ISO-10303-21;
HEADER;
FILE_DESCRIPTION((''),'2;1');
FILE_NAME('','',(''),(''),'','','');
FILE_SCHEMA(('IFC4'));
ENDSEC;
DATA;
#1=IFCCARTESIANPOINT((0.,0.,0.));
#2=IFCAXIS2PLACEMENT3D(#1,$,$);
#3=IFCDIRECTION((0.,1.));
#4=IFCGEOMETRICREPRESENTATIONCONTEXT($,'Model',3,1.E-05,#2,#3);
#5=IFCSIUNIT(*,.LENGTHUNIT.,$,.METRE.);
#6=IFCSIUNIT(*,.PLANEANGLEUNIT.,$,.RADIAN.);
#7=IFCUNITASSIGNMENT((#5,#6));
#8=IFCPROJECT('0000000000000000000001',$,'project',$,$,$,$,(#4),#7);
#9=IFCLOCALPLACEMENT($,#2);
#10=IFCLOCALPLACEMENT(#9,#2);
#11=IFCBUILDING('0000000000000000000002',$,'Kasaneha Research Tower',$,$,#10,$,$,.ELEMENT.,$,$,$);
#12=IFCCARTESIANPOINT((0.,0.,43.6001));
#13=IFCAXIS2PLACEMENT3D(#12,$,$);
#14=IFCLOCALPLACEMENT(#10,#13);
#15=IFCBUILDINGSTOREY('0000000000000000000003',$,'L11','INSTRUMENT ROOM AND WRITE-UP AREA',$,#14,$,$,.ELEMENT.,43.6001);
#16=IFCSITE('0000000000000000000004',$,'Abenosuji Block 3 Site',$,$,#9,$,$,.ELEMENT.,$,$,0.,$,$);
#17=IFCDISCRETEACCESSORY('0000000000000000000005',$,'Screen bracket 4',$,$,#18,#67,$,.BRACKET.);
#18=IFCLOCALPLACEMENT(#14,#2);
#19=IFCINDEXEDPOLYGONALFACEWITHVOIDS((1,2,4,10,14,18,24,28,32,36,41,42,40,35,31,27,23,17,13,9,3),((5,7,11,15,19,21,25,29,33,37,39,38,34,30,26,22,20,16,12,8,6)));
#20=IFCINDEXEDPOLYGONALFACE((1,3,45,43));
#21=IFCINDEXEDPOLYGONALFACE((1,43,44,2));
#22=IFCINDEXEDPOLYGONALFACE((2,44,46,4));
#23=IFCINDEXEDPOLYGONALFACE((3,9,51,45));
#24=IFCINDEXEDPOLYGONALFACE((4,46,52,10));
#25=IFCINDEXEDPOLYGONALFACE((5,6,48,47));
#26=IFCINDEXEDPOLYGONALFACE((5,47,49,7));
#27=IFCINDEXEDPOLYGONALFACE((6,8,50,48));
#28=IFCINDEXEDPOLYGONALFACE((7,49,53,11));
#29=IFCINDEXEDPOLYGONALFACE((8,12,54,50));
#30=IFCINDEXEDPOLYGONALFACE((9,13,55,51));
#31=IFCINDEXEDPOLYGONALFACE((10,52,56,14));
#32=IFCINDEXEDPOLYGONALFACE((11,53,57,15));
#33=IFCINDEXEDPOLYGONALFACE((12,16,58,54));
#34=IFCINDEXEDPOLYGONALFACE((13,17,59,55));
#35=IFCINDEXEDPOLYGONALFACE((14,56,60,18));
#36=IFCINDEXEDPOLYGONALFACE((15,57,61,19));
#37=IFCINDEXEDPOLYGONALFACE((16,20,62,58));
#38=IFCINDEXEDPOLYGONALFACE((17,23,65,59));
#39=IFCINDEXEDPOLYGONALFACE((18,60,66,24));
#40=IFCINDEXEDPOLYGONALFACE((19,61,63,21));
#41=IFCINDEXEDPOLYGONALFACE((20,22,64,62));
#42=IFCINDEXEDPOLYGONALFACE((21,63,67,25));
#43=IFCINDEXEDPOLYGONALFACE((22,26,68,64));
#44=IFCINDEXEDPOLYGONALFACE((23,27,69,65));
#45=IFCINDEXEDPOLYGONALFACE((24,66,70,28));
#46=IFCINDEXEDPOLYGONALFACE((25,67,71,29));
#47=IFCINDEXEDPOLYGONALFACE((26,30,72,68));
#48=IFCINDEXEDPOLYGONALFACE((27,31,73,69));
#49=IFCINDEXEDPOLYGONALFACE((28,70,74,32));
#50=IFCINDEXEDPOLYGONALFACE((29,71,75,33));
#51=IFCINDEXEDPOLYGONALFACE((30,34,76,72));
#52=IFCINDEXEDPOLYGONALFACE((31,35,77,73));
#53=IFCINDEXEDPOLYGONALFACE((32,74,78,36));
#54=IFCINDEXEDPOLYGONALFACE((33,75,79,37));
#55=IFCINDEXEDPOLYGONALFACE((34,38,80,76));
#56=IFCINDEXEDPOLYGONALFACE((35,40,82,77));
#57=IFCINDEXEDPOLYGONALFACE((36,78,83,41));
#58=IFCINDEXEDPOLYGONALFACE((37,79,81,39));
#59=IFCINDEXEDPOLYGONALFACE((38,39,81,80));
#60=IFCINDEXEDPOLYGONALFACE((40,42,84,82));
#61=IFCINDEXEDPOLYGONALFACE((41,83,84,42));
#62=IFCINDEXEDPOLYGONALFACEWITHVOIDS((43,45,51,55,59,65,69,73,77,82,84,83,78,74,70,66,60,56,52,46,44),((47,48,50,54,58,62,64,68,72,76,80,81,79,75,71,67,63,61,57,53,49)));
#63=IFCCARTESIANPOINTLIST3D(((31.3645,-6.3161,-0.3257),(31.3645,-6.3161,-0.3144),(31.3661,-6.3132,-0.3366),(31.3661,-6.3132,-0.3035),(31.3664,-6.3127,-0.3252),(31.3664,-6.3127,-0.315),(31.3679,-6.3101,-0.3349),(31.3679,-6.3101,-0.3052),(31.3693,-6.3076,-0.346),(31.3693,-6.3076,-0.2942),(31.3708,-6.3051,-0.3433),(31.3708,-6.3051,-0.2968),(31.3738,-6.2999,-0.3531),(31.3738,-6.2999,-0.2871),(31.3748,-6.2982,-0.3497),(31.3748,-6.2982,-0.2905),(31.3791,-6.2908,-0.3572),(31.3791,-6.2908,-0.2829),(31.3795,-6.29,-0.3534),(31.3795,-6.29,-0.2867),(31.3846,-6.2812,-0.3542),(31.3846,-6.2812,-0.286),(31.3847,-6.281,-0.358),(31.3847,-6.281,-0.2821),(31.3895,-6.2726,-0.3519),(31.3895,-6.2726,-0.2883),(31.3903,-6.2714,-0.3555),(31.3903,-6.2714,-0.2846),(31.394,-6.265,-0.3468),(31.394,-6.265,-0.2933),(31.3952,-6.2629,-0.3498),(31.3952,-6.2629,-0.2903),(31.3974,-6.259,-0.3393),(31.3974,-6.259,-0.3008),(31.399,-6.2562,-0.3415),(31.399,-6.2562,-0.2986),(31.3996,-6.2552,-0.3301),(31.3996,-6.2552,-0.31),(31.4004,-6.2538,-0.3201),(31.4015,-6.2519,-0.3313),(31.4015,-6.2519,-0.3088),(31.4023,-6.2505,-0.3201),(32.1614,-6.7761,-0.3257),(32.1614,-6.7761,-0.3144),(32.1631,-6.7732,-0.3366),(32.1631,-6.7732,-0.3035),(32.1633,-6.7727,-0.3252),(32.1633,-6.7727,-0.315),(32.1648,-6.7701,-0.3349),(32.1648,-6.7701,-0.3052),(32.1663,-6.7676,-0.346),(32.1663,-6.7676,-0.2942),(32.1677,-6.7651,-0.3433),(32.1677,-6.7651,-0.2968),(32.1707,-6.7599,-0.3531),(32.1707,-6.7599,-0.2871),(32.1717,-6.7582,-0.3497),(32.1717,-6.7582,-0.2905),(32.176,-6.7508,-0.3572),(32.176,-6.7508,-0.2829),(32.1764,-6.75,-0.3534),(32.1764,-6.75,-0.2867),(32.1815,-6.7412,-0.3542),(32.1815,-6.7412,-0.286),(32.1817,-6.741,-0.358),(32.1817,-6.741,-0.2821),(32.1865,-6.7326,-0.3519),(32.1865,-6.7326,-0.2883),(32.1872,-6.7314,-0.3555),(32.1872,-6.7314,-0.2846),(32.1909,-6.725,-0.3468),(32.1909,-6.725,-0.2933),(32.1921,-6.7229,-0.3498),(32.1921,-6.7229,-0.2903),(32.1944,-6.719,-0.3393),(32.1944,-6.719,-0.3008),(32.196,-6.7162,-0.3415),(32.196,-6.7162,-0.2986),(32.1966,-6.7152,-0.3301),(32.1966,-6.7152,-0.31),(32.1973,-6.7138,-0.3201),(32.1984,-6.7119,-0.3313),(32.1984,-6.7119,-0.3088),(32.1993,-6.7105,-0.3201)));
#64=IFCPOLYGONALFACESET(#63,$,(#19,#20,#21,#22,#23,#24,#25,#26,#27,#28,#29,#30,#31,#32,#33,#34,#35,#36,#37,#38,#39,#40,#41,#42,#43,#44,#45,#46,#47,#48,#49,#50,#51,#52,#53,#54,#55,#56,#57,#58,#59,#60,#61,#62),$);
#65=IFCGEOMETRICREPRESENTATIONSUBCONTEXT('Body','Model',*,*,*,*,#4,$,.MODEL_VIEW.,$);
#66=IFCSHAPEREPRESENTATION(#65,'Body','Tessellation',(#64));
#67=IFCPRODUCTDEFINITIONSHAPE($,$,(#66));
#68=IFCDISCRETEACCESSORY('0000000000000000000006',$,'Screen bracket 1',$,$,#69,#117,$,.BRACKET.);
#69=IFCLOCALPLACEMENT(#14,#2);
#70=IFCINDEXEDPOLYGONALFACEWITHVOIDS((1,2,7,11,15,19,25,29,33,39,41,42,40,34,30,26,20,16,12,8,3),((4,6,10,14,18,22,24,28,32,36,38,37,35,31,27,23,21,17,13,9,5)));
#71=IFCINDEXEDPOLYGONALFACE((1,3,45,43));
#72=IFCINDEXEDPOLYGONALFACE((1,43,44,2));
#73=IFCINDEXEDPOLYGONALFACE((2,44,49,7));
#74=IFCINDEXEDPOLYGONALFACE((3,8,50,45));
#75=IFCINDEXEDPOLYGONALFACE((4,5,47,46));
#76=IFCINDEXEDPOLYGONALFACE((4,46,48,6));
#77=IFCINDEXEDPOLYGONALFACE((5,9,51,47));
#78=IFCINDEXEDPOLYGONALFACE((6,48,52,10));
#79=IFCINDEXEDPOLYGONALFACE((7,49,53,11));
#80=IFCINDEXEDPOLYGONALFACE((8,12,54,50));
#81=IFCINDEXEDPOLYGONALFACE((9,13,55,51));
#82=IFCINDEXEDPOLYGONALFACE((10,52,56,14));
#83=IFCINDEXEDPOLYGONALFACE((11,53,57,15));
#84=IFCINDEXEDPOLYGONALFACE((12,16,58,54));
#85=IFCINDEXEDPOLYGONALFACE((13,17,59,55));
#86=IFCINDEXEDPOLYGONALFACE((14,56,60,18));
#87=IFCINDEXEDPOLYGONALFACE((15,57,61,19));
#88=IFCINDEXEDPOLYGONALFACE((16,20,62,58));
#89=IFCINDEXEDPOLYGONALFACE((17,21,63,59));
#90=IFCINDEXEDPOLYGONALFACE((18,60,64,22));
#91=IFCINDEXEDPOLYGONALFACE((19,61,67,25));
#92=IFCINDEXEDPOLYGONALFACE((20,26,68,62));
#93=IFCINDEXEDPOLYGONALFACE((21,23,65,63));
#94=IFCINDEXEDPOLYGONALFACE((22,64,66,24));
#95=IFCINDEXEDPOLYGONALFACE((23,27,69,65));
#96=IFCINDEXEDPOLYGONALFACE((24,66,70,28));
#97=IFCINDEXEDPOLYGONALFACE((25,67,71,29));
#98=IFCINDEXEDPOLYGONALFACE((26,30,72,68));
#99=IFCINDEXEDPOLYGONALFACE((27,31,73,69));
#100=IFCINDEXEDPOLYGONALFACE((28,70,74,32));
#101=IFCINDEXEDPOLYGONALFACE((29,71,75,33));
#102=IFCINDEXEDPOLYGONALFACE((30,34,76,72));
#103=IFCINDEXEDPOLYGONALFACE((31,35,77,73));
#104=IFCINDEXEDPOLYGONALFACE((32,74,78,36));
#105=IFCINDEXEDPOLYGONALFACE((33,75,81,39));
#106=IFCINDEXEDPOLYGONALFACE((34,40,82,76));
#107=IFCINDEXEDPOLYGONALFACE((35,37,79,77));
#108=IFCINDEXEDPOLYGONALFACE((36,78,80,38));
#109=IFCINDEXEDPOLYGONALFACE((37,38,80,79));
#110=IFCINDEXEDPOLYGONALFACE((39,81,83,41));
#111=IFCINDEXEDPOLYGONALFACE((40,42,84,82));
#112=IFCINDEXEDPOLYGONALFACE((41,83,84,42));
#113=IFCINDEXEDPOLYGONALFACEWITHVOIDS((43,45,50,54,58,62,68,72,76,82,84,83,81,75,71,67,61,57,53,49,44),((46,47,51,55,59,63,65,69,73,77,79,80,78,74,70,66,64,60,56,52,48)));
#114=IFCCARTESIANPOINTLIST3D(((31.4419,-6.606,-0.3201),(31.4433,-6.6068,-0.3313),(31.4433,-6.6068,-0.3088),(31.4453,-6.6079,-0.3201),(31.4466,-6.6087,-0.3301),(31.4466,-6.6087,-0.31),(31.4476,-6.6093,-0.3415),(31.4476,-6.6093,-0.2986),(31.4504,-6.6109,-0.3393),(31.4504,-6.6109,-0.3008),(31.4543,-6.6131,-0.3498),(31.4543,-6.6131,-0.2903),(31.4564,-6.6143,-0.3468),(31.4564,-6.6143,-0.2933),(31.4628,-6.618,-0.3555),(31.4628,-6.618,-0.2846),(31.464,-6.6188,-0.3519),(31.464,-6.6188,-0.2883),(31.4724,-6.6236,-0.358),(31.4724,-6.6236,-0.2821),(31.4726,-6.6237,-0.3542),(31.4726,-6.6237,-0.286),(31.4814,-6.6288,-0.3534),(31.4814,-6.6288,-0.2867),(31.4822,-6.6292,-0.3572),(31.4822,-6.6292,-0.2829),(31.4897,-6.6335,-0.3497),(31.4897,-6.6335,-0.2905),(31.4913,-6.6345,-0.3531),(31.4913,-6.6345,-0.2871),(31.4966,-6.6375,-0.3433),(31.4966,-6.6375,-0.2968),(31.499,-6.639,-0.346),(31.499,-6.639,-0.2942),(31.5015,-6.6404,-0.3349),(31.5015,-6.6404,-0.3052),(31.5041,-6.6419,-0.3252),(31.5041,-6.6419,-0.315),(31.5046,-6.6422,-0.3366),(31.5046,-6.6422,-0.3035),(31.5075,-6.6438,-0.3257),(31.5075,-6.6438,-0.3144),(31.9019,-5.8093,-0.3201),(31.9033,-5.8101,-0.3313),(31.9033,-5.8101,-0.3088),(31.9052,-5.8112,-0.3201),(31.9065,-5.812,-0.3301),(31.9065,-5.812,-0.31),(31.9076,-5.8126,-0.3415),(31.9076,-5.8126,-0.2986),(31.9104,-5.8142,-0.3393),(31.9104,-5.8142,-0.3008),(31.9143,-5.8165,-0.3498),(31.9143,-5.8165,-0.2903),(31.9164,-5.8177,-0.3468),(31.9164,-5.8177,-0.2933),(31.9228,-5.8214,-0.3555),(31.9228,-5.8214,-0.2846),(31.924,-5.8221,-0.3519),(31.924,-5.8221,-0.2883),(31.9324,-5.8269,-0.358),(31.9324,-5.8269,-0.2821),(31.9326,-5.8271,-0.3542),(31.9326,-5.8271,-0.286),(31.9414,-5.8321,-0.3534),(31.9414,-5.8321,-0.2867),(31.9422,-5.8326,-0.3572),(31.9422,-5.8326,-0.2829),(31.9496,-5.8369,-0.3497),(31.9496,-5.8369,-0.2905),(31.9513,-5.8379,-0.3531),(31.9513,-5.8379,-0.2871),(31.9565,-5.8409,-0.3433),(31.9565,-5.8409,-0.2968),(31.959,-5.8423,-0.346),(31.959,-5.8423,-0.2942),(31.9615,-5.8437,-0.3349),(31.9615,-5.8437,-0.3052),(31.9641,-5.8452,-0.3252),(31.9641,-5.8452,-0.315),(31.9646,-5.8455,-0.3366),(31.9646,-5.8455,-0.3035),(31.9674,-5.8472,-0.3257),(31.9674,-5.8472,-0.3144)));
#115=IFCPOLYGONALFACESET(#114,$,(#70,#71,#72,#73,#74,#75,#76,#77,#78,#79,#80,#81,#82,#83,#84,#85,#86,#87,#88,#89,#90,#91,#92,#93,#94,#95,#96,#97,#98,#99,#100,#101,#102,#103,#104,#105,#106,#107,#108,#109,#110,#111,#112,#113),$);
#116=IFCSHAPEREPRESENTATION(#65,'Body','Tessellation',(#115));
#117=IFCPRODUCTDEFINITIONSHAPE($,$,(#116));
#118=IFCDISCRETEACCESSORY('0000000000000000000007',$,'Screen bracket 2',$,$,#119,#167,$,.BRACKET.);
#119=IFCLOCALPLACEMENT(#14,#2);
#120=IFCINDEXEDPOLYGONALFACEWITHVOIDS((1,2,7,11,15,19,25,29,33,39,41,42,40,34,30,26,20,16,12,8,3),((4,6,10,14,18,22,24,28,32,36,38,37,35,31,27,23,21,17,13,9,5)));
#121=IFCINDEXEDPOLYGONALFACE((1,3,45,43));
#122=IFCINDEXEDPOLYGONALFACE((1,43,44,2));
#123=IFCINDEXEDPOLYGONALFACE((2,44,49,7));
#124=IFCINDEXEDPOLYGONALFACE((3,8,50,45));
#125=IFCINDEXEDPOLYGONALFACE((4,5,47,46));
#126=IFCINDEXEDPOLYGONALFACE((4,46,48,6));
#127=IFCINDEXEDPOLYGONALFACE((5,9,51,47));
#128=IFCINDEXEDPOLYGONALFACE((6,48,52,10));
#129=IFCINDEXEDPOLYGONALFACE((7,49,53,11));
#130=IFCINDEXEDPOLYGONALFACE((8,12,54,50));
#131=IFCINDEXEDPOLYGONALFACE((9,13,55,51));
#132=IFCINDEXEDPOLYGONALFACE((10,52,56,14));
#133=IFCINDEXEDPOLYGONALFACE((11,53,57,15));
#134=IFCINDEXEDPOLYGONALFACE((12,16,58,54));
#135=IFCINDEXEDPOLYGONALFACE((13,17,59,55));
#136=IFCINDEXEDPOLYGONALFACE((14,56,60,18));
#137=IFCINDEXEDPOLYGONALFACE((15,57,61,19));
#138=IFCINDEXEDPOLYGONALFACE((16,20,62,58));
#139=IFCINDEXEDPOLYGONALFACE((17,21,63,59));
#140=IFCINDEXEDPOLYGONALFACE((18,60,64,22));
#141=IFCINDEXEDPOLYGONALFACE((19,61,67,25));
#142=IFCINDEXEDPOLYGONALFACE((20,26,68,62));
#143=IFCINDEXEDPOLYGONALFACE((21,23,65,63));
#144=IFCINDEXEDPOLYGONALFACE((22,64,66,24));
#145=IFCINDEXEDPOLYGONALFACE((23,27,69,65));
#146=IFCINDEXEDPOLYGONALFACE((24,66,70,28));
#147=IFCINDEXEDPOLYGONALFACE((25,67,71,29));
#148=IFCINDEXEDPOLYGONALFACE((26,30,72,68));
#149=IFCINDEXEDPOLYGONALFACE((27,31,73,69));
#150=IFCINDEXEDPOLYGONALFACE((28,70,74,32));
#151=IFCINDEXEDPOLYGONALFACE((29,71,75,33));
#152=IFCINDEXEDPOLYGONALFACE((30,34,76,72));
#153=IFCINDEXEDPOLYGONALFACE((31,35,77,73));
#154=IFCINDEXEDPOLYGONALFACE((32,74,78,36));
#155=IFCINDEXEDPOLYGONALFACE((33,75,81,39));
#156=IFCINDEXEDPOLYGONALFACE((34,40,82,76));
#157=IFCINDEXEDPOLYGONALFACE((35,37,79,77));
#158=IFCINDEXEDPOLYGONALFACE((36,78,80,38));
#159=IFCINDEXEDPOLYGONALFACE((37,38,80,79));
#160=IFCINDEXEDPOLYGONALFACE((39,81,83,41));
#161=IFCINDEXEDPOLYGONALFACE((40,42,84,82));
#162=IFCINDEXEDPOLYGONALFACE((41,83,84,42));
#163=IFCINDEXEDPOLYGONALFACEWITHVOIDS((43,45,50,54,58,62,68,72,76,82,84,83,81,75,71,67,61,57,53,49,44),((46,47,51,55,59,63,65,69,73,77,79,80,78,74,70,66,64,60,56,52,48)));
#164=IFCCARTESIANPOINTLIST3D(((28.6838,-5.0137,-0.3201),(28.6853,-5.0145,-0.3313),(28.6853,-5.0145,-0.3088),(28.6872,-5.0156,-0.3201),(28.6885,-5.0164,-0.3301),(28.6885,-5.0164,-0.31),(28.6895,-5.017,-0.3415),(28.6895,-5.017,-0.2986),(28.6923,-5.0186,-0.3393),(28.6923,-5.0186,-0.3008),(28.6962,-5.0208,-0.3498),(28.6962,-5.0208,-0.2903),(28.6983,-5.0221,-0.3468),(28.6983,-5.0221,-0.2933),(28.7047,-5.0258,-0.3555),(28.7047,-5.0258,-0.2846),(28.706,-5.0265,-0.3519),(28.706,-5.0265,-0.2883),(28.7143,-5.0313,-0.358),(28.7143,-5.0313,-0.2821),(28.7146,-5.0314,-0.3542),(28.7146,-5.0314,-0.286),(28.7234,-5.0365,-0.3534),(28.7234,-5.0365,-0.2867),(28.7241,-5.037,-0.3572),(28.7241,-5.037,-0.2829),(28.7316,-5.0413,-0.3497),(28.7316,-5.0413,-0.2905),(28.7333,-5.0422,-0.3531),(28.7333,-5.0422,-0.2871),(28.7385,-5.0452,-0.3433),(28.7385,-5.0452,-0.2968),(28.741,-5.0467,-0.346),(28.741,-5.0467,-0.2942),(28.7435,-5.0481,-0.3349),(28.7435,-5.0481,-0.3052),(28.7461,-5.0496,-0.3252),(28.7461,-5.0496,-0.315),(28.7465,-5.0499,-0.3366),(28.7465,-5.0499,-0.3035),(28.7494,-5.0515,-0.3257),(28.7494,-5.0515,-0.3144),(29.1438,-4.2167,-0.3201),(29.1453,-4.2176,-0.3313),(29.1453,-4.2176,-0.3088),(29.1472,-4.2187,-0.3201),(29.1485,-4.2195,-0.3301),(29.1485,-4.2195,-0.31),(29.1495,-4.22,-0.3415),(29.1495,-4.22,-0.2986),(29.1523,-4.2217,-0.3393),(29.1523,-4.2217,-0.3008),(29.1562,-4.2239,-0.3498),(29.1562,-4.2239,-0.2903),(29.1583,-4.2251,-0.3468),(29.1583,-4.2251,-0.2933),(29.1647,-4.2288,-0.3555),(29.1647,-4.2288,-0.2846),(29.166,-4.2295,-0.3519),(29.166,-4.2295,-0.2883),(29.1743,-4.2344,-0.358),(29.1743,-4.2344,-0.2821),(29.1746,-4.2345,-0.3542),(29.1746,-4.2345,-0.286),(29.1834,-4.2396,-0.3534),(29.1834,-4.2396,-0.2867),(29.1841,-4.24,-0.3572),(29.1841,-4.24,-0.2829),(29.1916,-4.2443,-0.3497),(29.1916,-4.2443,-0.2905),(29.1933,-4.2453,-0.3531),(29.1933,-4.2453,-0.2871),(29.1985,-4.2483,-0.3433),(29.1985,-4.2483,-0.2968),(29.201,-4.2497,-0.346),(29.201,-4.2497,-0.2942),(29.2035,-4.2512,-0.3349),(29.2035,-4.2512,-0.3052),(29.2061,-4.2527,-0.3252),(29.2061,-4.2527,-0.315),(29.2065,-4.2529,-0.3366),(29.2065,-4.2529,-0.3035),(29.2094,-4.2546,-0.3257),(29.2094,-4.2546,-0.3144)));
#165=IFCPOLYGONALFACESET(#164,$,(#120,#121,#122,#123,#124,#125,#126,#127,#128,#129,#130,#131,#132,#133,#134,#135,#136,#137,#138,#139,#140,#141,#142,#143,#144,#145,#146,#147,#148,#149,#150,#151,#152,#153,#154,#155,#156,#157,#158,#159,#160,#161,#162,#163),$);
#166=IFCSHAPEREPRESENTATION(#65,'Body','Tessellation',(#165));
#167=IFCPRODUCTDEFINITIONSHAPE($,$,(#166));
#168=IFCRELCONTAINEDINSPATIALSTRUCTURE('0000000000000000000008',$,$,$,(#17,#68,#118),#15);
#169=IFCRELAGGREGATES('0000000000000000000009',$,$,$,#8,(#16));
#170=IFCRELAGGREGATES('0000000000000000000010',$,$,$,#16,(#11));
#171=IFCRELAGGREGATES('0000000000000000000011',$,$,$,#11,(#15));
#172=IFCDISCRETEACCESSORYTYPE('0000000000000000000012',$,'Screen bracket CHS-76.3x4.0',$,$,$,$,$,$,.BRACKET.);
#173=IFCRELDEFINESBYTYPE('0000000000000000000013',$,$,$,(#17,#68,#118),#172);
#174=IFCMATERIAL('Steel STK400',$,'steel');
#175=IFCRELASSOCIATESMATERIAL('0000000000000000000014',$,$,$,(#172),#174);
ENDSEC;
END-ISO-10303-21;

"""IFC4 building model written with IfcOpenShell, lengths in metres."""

from ifc_helpers import new_model, si_unit, direction, frame, origin, origin_2d, place, context, subcontext, project, spatial, hollow_circle, extrude, material, material_profile, profile_set, type_object, element, save


model = new_model("IFC4")

# Units and contexts
model_context = context("Model", 3, precision=1e-05, world=origin(), true_north=direction((0.0, 1.0)))
body_context = subcontext(model_context, "Body", "Model", "MODEL_VIEW")
ifc_project = project(units=[si_unit("LENGTHUNIT", "METRE"), si_unit("PLANEANGLEUNIT", "RADIAN")], contexts=[model_context])

# Site, building, storey
site_placement = place(None, origin())
site = spatial("IfcSite", under=ifc_project, at=site_placement, Name="Abenosuji Block 3 Site", CompositionType="ELEMENT", RefElevation=0.0)
building_placement = place(site_placement, origin())
building = spatial("IfcBuilding", under=site, at=building_placement, Name="Kasaneha Research Tower", CompositionType="ELEMENT")
storey_placement = place(building_placement, frame((0.0, 0.0, 43.6001)))
storey = spatial("IfcBuildingStorey", under=building, at=storey_placement, Name="L11", Description="INSTRUMENT ROOM AND WRITE-UP AREA", CompositionType="ELEMENT", Elevation=43.6001)

# Discrete accessories
ifc_material_1 = material(Name="Steel STK400", Category="steel")
ifc_material_profile_1 = material_profile(ifc_material_1, hollow_circle(Radius=0.0381, WallThickness=0.0039, at=origin_2d()), Name="CHS-76.3x4.0")
ifc_profile_set_1 = profile_set([ifc_material_profile_1], Name="Steel STK400")
discrete_accessory_type = type_object("IfcDiscreteAccessoryType", Name="Screen bracket CHS-76.3x4.0", PredefinedType="BRACKET", material=ifc_profile_set_1)
discrete_accessory_1_placement = place(storey_placement, frame((31.3833, -6.2834, -0.3201), z_axis=(0.86608, -0.499906, 0.0), x_axis=(0.499906, 0.86608, 0.0)))
element("IfcDiscreteAccessory", 1, at=discrete_accessory_1_placement, inside=storey, type_object=discrete_accessory_type, Name="Screen bracket 4", PredefinedType="BRACKET", context=body_context, shape_type="SweptSolid", body=[
    extrude(hollow_circle(Radius=0.0381, WallThickness=0.0039, at=origin_2d()), origin(), (0.0, 0.0, 1.0), 0.9202),
])
discrete_accessory_2_placement = place(storey_placement, frame((31.4749, -6.625, -0.3201), z_axis=(0.500021, 0.866013, 0.0), x_axis=(-0.866013, 0.500021, 0.0)))
element("IfcDiscreteAccessory", 2, at=discrete_accessory_2_placement, inside=storey, type_object=discrete_accessory_type, Name="Screen bracket 1", PredefinedType="BRACKET", context=body_context, shape_type="SweptSolid", body=[
    extrude(hollow_circle(Radius=0.0381, WallThickness=0.0039, at=origin_2d()), origin(), (0.0, 0.0, 1.0), 0.9199),
])
discrete_accessory_3_placement = place(storey_placement, frame((28.7168, -5.0327, -0.3201), z_axis=(0.499906, 0.86608, 0.0), x_axis=(-0.86608, 0.499906, 0.0)))
element("IfcDiscreteAccessory", 3, at=discrete_accessory_3_placement, inside=storey, type_object=discrete_accessory_type, Name="Screen bracket 2", PredefinedType="BRACKET", context=body_context, shape_type="SweptSolid", body=[
    extrude(hollow_circle(Radius=0.0381, WallThickness=0.0039, at=origin_2d()), origin(), (0.0, 0.0, 1.0), 0.9202),
])

save(model, "model.ifc")
